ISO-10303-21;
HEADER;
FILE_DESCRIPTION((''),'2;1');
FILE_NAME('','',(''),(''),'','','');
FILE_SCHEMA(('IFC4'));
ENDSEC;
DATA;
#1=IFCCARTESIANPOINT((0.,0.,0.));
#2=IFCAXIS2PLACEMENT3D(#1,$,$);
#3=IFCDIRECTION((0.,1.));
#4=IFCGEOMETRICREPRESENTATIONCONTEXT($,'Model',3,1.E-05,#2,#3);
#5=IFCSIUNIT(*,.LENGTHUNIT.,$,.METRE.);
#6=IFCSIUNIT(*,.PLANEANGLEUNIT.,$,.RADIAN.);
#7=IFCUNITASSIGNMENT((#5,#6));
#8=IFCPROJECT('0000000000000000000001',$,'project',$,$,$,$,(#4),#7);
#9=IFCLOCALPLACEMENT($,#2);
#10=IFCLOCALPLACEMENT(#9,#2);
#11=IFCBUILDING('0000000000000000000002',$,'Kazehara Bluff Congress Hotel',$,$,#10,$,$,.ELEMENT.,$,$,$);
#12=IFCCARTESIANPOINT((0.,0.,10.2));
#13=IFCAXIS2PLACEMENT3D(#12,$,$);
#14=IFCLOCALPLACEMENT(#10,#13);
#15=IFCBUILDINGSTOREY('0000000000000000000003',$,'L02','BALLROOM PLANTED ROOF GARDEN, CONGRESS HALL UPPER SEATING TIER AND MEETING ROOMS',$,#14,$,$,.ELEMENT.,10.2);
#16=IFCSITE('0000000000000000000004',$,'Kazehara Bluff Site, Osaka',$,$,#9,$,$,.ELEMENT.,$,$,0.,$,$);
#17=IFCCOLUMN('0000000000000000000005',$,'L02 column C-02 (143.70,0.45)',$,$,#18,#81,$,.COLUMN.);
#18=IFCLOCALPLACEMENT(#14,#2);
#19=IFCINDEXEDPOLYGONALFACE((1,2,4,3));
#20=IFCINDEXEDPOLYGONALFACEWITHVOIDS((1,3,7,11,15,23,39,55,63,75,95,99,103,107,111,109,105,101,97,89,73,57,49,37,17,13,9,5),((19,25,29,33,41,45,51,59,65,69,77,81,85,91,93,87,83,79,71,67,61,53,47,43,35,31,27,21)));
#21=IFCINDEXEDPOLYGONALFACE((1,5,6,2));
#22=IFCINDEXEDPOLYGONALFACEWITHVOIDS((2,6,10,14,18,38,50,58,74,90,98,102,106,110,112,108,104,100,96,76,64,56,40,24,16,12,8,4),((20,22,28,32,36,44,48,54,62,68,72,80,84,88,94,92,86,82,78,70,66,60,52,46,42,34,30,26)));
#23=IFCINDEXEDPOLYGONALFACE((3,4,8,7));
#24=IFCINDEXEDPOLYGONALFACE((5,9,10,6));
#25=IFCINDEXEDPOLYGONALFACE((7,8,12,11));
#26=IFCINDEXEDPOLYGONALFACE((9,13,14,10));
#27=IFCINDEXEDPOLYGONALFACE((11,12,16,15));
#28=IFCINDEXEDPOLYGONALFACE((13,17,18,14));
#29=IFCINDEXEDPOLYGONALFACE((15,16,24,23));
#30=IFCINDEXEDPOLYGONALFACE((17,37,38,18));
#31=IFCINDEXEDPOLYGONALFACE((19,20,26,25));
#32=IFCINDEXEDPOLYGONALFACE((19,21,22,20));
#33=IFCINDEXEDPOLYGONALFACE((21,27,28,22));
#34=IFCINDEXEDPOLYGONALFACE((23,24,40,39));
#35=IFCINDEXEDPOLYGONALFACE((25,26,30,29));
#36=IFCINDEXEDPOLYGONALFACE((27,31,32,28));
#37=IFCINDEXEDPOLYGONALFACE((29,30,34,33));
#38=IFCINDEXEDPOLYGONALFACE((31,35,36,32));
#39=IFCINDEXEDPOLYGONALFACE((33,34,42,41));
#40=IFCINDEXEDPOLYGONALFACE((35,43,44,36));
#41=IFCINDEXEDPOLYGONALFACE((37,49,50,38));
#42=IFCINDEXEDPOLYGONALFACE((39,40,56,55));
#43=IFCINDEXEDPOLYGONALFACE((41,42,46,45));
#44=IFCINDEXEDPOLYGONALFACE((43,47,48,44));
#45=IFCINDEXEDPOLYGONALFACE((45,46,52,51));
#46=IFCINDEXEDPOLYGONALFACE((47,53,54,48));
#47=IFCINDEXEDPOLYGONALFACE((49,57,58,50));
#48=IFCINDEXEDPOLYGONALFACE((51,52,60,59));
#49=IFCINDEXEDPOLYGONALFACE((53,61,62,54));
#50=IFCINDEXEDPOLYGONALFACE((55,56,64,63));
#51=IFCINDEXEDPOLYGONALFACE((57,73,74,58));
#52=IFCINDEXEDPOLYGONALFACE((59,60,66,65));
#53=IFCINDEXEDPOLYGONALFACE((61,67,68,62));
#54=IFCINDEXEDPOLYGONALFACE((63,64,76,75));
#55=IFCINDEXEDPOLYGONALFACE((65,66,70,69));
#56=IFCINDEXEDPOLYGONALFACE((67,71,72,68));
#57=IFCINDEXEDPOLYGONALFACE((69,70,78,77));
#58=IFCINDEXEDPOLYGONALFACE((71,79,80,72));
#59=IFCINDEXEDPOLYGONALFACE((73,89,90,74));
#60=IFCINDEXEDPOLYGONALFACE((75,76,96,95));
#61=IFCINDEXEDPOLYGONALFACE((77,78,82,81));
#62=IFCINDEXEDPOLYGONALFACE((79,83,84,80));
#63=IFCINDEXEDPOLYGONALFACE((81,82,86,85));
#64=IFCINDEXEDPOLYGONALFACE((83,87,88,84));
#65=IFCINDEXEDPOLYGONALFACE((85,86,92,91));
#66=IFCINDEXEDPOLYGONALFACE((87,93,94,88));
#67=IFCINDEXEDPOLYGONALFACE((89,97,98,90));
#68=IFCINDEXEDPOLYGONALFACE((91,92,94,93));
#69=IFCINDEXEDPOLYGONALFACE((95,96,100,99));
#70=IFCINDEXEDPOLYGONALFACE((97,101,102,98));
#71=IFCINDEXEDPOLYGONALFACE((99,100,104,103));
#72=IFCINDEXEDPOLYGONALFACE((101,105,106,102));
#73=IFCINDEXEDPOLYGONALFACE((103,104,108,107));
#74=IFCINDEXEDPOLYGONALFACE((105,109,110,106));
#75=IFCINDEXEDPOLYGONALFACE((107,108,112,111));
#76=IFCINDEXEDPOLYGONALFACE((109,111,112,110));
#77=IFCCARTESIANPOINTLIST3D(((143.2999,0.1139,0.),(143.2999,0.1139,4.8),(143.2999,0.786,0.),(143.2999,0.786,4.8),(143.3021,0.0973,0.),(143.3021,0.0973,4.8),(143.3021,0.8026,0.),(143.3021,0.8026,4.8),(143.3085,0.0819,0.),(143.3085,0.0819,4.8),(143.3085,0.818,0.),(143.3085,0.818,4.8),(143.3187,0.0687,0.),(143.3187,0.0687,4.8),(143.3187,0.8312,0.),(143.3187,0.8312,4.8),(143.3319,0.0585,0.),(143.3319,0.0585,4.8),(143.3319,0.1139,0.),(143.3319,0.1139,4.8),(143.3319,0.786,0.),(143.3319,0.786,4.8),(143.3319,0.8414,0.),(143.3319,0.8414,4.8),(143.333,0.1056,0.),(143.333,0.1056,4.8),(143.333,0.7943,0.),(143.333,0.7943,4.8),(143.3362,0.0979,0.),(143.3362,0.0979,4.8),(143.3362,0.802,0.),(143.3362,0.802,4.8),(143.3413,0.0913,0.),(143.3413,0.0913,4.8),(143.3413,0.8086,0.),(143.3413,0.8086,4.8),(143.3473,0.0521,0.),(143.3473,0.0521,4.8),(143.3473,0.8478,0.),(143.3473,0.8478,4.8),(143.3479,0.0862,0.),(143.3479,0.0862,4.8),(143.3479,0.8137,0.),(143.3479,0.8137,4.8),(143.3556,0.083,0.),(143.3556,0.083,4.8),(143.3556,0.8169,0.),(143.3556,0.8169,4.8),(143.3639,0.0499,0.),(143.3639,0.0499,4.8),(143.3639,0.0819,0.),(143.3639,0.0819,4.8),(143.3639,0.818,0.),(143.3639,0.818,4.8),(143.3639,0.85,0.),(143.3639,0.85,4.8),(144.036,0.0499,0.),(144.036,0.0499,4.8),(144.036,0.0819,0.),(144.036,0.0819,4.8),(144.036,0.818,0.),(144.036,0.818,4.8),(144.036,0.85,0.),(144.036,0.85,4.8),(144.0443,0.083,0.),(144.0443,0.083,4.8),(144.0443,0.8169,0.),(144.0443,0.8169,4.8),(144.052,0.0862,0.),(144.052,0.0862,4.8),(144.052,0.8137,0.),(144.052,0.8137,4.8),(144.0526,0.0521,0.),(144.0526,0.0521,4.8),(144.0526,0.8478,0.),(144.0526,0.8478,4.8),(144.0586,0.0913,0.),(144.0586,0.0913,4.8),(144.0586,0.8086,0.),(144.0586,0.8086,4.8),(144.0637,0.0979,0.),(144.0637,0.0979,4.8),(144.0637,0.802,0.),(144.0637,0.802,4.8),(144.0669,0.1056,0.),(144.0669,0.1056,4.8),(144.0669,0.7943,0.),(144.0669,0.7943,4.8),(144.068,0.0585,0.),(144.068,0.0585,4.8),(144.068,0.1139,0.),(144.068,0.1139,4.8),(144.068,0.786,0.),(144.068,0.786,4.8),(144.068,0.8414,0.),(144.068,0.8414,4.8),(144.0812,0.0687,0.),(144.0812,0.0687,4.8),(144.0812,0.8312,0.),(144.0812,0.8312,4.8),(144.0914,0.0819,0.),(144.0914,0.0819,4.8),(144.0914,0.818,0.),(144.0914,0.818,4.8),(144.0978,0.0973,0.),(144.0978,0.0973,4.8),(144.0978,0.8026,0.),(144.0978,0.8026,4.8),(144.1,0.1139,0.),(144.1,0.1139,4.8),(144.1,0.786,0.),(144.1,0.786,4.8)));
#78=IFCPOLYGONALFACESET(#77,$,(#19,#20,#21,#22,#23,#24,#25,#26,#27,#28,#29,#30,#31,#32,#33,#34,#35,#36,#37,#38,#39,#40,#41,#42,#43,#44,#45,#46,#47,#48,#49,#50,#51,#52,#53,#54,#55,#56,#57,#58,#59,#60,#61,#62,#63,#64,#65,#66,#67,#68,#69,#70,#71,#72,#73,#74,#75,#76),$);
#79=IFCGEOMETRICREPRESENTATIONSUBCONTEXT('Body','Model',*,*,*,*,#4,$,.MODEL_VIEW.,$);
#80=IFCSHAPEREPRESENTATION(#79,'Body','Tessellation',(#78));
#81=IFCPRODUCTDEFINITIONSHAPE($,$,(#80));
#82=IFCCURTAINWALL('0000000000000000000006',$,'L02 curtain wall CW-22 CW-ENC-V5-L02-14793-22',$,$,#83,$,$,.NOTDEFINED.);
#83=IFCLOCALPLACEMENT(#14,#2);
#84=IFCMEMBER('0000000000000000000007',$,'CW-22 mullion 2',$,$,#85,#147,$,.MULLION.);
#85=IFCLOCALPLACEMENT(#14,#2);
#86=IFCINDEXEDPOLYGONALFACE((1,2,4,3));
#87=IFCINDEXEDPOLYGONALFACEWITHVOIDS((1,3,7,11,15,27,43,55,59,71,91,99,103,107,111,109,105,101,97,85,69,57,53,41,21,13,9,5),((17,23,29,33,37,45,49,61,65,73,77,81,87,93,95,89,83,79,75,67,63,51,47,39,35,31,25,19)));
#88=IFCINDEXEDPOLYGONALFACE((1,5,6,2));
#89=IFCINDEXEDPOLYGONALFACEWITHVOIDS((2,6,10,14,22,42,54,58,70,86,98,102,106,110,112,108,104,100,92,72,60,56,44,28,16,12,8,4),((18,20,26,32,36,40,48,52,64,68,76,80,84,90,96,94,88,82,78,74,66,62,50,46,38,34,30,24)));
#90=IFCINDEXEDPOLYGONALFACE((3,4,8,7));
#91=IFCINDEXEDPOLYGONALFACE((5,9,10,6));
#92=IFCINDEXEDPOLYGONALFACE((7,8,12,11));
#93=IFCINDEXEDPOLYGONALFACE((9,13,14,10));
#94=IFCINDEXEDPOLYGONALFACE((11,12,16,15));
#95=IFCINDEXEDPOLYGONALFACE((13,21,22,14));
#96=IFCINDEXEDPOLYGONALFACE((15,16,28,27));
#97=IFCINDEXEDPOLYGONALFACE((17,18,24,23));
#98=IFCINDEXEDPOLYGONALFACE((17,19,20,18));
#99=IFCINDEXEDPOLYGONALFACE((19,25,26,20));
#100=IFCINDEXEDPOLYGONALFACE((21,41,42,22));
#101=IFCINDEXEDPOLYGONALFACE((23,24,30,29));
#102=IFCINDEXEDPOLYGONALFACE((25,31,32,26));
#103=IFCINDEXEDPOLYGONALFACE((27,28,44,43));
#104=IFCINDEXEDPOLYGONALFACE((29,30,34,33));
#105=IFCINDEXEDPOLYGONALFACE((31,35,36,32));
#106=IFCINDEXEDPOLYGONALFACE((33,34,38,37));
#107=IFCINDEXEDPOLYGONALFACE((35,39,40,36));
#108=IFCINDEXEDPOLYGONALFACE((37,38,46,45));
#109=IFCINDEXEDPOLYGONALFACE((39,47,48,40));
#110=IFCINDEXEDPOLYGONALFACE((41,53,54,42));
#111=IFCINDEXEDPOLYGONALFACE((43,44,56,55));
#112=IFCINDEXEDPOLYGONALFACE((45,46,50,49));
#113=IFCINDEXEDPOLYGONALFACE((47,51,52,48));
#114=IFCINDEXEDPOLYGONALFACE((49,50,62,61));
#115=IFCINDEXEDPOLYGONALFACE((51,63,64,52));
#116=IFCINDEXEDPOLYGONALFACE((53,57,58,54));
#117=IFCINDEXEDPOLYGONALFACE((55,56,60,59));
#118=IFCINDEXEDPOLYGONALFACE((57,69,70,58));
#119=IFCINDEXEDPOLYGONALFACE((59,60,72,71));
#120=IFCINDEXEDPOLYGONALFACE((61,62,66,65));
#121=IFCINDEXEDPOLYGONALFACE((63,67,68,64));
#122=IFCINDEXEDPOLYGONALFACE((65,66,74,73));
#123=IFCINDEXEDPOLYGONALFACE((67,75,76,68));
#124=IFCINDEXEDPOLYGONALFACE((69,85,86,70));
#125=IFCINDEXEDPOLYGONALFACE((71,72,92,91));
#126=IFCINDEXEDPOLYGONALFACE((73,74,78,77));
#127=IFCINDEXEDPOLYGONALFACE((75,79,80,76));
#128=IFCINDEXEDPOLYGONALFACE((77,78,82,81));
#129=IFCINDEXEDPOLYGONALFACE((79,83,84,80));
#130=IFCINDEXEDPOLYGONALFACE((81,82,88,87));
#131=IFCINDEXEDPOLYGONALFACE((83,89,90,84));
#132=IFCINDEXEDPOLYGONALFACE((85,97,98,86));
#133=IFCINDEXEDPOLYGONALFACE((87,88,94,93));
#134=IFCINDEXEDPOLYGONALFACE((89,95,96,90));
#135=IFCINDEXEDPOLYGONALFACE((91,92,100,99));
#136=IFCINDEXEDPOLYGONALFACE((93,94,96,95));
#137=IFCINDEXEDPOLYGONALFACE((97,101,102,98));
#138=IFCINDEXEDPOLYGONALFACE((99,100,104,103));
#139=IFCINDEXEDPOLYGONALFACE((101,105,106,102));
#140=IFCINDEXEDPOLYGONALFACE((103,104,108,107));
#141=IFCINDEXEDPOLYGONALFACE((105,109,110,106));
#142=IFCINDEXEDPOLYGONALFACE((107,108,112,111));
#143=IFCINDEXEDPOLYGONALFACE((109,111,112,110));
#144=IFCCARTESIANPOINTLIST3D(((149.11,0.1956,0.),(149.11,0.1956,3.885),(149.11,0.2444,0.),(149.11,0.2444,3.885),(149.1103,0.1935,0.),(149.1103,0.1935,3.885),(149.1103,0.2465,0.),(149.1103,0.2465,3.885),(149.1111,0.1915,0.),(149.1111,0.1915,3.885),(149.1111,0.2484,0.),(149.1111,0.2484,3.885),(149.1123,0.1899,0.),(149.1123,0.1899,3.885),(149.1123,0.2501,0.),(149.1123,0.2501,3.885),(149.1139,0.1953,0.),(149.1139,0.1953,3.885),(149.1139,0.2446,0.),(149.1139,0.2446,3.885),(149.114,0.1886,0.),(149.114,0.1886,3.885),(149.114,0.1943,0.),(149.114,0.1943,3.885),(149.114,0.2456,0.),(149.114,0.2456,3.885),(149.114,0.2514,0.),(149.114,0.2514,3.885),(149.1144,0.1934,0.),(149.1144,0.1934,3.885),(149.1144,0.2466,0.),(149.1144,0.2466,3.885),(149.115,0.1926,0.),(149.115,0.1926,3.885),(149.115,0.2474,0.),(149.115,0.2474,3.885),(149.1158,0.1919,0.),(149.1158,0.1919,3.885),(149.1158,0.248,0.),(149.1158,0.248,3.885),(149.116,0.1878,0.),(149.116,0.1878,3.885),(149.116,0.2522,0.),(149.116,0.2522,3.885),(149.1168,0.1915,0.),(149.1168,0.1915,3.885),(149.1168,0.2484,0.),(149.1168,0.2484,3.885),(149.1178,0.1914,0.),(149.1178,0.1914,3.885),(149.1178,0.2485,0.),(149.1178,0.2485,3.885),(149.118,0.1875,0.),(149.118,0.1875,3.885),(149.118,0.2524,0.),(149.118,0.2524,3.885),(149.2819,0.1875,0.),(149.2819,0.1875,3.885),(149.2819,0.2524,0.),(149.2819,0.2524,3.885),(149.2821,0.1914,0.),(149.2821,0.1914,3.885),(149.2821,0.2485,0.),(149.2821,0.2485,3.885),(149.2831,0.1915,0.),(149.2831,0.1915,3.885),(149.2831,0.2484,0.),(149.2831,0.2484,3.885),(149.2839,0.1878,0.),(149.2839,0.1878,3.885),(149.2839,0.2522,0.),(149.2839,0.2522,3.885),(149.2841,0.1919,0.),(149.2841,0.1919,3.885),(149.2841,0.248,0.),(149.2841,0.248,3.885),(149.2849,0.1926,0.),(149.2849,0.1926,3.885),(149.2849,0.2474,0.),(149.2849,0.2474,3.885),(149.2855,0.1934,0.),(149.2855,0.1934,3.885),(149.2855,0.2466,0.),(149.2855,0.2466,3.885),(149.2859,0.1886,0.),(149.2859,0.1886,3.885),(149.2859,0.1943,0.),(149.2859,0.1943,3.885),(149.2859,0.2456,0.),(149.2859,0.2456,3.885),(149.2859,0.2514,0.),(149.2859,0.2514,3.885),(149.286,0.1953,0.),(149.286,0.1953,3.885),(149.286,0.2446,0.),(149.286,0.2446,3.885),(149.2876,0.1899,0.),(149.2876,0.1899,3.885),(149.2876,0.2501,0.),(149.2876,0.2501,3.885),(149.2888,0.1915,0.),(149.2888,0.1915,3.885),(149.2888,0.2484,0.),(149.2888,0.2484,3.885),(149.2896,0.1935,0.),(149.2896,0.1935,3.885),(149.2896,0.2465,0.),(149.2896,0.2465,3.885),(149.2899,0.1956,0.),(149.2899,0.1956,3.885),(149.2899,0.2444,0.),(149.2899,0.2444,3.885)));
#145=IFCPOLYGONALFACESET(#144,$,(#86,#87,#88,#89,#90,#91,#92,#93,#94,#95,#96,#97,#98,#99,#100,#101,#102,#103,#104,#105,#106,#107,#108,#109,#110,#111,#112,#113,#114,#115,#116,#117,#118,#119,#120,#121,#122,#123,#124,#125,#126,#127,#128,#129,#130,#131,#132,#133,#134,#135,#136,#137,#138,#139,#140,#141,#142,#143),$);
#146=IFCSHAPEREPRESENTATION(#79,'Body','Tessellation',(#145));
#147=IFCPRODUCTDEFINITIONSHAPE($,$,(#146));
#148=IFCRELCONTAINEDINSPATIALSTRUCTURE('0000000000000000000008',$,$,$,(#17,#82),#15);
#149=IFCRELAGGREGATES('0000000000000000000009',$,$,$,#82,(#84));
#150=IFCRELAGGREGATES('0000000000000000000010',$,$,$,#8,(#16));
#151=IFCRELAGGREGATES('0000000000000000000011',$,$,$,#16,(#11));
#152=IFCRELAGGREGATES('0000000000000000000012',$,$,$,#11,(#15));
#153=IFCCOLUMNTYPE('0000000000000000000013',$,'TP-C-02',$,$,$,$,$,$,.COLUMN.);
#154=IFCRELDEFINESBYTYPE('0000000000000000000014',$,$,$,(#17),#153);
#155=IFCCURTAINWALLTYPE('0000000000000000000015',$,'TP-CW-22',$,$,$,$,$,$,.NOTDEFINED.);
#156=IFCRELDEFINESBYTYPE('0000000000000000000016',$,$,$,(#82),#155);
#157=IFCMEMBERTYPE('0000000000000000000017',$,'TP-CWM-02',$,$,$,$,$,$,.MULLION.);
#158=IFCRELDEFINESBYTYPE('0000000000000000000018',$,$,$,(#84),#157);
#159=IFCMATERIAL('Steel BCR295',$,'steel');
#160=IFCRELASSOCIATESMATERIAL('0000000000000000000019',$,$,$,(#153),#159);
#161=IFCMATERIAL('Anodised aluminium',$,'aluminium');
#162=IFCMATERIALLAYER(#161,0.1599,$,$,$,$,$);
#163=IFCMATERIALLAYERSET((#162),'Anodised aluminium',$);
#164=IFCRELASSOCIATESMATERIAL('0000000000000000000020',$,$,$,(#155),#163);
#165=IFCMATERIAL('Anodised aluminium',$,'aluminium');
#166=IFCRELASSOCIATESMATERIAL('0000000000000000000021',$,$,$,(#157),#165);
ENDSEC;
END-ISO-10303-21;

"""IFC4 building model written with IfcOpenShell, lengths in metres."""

from ifc_helpers import new_model, si_unit, direction, frame, origin, origin_2d, place, context, subcontext, project, spatial, hollow_rectangle, extrude, material, layer, layer_set, material_profile, profile_set, type_object, element, aggregate, save


model = new_model("IFC4")

# Units and contexts
model_context = context("Model", 3, precision=1e-05, world=origin(), true_north=direction((0.0, 1.0)))
body_context = subcontext(model_context, "Body", "Model", "MODEL_VIEW")
ifc_project = project(units=[si_unit("LENGTHUNIT", "METRE"), si_unit("PLANEANGLEUNIT", "RADIAN")], contexts=[model_context])

# Site, building, storey
site_placement = place(None, origin())
site = spatial("IfcSite", under=ifc_project, at=site_placement, Name="Kazehara Bluff Site, Osaka", CompositionType="ELEMENT", RefElevation=0.0)
building_placement = place(site_placement, origin())
building = spatial("IfcBuilding", under=site, at=building_placement, Name="Kazehara Bluff Congress Hotel", CompositionType="ELEMENT")
storey_placement = place(building_placement, frame((0.0, 0.0, 10.2)))
storey = spatial("IfcBuildingStorey", under=building, at=storey_placement, Name="L02", Description="BALLROOM PLANTED ROOF GARDEN, CONGRESS HALL UPPER SEATING TIER AND MEETING ROOMS", CompositionType="ELEMENT", Elevation=10.2)

# Column
ifc_material_1 = material(Name="Steel BCR295", Category="steel")
ifc_material_profile_1 = material_profile(ifc_material_1, hollow_rectangle(XDim=0.8, YDim=0.8, WallThickness=0.032, InnerFilletRadius=0.032, OuterFilletRadius=0.064, at=origin_2d()))
ifc_profile_set_1 = profile_set([ifc_material_profile_1], Name="Steel BCR295")
column_type = type_object("IfcColumnType", Name="TP-C-02", PredefinedType="COLUMN", material=ifc_profile_set_1)
column_placement = place(storey_placement, frame((143.7, 0.45, 0.0), z_axis=(0.0, 0.0, 1.0), x_axis=(1.0, 0.0, 0.0)))
element("IfcColumn", 1, at=column_placement, inside=storey, type_object=column_type, Name="L02 column C-02 (143.70,0.45)", PredefinedType="COLUMN", context=body_context, shape_type="SweptSolid", body=[
    extrude(hollow_rectangle(XDim=0.8, YDim=0.8, WallThickness=0.032, InnerFilletRadius=0.032, OuterFilletRadius=0.064, at=origin_2d()), origin(), (0.0, 0.0, 1.0), 4.8),
])

# Curtain wall, member
ifc_material_2 = material(Name="Anodised aluminium", Category="aluminium")
ifc_layer_1 = layer(ifc_material_2, 0.1599)
ifc_layer_set_1 = layer_set([ifc_layer_1], Name="Anodised aluminium")
curtain_wall_type_1 = type_object("IfcCurtainWallType", Name="TP-CW-22", PredefinedType="NOTDEFINED", material=ifc_layer_set_1)
curtain_wall_1_placement = place(storey_placement, origin())
curtain_wall_1 = element("IfcCurtainWall", 2, at=curtain_wall_1_placement, inside=storey, type_object=curtain_wall_type_1, Name="L02 curtain wall CW-22 CW-ENC-V5-L02-14793-22", PredefinedType="NOTDEFINED")
ifc_material_3 = material(Name="Anodised aluminium", Category="aluminium")
ifc_material_profile_2 = material_profile(ifc_material_3, hollow_rectangle(XDim=0.0649, YDim=0.1799, WallThickness=0.0039, InnerFilletRadius=0.0039, OuterFilletRadius=0.0081, at=origin_2d()))
ifc_profile_set_2 = profile_set([ifc_material_profile_2], Name="Anodised aluminium")
member_type_1 = type_object("IfcMemberType", Name="TP-CWM-02", PredefinedType="MULLION", material=ifc_profile_set_2)
member_1_placement = place(storey_placement, frame((149.2, 0.22, 0.0), z_axis=(0.0, 0.0, 1.0), x_axis=(0.0, -1.0, 0.0)))
member_1 = element("IfcMember", 3, at=member_1_placement, type_object=member_type_1, Name="CW-22 mullion 2", PredefinedType="MULLION", context=body_context, shape_type="SweptSolid", body=[
    extrude(hollow_rectangle(XDim=0.0649, YDim=0.1799, WallThickness=0.0039, InnerFilletRadius=0.0039, OuterFilletRadius=0.0081, at=origin_2d()), origin(), (0.0, 0.0, 1.0), 3.885),
])

aggregate(curtain_wall_1, [member_1])

save(model, "model.ifc")
